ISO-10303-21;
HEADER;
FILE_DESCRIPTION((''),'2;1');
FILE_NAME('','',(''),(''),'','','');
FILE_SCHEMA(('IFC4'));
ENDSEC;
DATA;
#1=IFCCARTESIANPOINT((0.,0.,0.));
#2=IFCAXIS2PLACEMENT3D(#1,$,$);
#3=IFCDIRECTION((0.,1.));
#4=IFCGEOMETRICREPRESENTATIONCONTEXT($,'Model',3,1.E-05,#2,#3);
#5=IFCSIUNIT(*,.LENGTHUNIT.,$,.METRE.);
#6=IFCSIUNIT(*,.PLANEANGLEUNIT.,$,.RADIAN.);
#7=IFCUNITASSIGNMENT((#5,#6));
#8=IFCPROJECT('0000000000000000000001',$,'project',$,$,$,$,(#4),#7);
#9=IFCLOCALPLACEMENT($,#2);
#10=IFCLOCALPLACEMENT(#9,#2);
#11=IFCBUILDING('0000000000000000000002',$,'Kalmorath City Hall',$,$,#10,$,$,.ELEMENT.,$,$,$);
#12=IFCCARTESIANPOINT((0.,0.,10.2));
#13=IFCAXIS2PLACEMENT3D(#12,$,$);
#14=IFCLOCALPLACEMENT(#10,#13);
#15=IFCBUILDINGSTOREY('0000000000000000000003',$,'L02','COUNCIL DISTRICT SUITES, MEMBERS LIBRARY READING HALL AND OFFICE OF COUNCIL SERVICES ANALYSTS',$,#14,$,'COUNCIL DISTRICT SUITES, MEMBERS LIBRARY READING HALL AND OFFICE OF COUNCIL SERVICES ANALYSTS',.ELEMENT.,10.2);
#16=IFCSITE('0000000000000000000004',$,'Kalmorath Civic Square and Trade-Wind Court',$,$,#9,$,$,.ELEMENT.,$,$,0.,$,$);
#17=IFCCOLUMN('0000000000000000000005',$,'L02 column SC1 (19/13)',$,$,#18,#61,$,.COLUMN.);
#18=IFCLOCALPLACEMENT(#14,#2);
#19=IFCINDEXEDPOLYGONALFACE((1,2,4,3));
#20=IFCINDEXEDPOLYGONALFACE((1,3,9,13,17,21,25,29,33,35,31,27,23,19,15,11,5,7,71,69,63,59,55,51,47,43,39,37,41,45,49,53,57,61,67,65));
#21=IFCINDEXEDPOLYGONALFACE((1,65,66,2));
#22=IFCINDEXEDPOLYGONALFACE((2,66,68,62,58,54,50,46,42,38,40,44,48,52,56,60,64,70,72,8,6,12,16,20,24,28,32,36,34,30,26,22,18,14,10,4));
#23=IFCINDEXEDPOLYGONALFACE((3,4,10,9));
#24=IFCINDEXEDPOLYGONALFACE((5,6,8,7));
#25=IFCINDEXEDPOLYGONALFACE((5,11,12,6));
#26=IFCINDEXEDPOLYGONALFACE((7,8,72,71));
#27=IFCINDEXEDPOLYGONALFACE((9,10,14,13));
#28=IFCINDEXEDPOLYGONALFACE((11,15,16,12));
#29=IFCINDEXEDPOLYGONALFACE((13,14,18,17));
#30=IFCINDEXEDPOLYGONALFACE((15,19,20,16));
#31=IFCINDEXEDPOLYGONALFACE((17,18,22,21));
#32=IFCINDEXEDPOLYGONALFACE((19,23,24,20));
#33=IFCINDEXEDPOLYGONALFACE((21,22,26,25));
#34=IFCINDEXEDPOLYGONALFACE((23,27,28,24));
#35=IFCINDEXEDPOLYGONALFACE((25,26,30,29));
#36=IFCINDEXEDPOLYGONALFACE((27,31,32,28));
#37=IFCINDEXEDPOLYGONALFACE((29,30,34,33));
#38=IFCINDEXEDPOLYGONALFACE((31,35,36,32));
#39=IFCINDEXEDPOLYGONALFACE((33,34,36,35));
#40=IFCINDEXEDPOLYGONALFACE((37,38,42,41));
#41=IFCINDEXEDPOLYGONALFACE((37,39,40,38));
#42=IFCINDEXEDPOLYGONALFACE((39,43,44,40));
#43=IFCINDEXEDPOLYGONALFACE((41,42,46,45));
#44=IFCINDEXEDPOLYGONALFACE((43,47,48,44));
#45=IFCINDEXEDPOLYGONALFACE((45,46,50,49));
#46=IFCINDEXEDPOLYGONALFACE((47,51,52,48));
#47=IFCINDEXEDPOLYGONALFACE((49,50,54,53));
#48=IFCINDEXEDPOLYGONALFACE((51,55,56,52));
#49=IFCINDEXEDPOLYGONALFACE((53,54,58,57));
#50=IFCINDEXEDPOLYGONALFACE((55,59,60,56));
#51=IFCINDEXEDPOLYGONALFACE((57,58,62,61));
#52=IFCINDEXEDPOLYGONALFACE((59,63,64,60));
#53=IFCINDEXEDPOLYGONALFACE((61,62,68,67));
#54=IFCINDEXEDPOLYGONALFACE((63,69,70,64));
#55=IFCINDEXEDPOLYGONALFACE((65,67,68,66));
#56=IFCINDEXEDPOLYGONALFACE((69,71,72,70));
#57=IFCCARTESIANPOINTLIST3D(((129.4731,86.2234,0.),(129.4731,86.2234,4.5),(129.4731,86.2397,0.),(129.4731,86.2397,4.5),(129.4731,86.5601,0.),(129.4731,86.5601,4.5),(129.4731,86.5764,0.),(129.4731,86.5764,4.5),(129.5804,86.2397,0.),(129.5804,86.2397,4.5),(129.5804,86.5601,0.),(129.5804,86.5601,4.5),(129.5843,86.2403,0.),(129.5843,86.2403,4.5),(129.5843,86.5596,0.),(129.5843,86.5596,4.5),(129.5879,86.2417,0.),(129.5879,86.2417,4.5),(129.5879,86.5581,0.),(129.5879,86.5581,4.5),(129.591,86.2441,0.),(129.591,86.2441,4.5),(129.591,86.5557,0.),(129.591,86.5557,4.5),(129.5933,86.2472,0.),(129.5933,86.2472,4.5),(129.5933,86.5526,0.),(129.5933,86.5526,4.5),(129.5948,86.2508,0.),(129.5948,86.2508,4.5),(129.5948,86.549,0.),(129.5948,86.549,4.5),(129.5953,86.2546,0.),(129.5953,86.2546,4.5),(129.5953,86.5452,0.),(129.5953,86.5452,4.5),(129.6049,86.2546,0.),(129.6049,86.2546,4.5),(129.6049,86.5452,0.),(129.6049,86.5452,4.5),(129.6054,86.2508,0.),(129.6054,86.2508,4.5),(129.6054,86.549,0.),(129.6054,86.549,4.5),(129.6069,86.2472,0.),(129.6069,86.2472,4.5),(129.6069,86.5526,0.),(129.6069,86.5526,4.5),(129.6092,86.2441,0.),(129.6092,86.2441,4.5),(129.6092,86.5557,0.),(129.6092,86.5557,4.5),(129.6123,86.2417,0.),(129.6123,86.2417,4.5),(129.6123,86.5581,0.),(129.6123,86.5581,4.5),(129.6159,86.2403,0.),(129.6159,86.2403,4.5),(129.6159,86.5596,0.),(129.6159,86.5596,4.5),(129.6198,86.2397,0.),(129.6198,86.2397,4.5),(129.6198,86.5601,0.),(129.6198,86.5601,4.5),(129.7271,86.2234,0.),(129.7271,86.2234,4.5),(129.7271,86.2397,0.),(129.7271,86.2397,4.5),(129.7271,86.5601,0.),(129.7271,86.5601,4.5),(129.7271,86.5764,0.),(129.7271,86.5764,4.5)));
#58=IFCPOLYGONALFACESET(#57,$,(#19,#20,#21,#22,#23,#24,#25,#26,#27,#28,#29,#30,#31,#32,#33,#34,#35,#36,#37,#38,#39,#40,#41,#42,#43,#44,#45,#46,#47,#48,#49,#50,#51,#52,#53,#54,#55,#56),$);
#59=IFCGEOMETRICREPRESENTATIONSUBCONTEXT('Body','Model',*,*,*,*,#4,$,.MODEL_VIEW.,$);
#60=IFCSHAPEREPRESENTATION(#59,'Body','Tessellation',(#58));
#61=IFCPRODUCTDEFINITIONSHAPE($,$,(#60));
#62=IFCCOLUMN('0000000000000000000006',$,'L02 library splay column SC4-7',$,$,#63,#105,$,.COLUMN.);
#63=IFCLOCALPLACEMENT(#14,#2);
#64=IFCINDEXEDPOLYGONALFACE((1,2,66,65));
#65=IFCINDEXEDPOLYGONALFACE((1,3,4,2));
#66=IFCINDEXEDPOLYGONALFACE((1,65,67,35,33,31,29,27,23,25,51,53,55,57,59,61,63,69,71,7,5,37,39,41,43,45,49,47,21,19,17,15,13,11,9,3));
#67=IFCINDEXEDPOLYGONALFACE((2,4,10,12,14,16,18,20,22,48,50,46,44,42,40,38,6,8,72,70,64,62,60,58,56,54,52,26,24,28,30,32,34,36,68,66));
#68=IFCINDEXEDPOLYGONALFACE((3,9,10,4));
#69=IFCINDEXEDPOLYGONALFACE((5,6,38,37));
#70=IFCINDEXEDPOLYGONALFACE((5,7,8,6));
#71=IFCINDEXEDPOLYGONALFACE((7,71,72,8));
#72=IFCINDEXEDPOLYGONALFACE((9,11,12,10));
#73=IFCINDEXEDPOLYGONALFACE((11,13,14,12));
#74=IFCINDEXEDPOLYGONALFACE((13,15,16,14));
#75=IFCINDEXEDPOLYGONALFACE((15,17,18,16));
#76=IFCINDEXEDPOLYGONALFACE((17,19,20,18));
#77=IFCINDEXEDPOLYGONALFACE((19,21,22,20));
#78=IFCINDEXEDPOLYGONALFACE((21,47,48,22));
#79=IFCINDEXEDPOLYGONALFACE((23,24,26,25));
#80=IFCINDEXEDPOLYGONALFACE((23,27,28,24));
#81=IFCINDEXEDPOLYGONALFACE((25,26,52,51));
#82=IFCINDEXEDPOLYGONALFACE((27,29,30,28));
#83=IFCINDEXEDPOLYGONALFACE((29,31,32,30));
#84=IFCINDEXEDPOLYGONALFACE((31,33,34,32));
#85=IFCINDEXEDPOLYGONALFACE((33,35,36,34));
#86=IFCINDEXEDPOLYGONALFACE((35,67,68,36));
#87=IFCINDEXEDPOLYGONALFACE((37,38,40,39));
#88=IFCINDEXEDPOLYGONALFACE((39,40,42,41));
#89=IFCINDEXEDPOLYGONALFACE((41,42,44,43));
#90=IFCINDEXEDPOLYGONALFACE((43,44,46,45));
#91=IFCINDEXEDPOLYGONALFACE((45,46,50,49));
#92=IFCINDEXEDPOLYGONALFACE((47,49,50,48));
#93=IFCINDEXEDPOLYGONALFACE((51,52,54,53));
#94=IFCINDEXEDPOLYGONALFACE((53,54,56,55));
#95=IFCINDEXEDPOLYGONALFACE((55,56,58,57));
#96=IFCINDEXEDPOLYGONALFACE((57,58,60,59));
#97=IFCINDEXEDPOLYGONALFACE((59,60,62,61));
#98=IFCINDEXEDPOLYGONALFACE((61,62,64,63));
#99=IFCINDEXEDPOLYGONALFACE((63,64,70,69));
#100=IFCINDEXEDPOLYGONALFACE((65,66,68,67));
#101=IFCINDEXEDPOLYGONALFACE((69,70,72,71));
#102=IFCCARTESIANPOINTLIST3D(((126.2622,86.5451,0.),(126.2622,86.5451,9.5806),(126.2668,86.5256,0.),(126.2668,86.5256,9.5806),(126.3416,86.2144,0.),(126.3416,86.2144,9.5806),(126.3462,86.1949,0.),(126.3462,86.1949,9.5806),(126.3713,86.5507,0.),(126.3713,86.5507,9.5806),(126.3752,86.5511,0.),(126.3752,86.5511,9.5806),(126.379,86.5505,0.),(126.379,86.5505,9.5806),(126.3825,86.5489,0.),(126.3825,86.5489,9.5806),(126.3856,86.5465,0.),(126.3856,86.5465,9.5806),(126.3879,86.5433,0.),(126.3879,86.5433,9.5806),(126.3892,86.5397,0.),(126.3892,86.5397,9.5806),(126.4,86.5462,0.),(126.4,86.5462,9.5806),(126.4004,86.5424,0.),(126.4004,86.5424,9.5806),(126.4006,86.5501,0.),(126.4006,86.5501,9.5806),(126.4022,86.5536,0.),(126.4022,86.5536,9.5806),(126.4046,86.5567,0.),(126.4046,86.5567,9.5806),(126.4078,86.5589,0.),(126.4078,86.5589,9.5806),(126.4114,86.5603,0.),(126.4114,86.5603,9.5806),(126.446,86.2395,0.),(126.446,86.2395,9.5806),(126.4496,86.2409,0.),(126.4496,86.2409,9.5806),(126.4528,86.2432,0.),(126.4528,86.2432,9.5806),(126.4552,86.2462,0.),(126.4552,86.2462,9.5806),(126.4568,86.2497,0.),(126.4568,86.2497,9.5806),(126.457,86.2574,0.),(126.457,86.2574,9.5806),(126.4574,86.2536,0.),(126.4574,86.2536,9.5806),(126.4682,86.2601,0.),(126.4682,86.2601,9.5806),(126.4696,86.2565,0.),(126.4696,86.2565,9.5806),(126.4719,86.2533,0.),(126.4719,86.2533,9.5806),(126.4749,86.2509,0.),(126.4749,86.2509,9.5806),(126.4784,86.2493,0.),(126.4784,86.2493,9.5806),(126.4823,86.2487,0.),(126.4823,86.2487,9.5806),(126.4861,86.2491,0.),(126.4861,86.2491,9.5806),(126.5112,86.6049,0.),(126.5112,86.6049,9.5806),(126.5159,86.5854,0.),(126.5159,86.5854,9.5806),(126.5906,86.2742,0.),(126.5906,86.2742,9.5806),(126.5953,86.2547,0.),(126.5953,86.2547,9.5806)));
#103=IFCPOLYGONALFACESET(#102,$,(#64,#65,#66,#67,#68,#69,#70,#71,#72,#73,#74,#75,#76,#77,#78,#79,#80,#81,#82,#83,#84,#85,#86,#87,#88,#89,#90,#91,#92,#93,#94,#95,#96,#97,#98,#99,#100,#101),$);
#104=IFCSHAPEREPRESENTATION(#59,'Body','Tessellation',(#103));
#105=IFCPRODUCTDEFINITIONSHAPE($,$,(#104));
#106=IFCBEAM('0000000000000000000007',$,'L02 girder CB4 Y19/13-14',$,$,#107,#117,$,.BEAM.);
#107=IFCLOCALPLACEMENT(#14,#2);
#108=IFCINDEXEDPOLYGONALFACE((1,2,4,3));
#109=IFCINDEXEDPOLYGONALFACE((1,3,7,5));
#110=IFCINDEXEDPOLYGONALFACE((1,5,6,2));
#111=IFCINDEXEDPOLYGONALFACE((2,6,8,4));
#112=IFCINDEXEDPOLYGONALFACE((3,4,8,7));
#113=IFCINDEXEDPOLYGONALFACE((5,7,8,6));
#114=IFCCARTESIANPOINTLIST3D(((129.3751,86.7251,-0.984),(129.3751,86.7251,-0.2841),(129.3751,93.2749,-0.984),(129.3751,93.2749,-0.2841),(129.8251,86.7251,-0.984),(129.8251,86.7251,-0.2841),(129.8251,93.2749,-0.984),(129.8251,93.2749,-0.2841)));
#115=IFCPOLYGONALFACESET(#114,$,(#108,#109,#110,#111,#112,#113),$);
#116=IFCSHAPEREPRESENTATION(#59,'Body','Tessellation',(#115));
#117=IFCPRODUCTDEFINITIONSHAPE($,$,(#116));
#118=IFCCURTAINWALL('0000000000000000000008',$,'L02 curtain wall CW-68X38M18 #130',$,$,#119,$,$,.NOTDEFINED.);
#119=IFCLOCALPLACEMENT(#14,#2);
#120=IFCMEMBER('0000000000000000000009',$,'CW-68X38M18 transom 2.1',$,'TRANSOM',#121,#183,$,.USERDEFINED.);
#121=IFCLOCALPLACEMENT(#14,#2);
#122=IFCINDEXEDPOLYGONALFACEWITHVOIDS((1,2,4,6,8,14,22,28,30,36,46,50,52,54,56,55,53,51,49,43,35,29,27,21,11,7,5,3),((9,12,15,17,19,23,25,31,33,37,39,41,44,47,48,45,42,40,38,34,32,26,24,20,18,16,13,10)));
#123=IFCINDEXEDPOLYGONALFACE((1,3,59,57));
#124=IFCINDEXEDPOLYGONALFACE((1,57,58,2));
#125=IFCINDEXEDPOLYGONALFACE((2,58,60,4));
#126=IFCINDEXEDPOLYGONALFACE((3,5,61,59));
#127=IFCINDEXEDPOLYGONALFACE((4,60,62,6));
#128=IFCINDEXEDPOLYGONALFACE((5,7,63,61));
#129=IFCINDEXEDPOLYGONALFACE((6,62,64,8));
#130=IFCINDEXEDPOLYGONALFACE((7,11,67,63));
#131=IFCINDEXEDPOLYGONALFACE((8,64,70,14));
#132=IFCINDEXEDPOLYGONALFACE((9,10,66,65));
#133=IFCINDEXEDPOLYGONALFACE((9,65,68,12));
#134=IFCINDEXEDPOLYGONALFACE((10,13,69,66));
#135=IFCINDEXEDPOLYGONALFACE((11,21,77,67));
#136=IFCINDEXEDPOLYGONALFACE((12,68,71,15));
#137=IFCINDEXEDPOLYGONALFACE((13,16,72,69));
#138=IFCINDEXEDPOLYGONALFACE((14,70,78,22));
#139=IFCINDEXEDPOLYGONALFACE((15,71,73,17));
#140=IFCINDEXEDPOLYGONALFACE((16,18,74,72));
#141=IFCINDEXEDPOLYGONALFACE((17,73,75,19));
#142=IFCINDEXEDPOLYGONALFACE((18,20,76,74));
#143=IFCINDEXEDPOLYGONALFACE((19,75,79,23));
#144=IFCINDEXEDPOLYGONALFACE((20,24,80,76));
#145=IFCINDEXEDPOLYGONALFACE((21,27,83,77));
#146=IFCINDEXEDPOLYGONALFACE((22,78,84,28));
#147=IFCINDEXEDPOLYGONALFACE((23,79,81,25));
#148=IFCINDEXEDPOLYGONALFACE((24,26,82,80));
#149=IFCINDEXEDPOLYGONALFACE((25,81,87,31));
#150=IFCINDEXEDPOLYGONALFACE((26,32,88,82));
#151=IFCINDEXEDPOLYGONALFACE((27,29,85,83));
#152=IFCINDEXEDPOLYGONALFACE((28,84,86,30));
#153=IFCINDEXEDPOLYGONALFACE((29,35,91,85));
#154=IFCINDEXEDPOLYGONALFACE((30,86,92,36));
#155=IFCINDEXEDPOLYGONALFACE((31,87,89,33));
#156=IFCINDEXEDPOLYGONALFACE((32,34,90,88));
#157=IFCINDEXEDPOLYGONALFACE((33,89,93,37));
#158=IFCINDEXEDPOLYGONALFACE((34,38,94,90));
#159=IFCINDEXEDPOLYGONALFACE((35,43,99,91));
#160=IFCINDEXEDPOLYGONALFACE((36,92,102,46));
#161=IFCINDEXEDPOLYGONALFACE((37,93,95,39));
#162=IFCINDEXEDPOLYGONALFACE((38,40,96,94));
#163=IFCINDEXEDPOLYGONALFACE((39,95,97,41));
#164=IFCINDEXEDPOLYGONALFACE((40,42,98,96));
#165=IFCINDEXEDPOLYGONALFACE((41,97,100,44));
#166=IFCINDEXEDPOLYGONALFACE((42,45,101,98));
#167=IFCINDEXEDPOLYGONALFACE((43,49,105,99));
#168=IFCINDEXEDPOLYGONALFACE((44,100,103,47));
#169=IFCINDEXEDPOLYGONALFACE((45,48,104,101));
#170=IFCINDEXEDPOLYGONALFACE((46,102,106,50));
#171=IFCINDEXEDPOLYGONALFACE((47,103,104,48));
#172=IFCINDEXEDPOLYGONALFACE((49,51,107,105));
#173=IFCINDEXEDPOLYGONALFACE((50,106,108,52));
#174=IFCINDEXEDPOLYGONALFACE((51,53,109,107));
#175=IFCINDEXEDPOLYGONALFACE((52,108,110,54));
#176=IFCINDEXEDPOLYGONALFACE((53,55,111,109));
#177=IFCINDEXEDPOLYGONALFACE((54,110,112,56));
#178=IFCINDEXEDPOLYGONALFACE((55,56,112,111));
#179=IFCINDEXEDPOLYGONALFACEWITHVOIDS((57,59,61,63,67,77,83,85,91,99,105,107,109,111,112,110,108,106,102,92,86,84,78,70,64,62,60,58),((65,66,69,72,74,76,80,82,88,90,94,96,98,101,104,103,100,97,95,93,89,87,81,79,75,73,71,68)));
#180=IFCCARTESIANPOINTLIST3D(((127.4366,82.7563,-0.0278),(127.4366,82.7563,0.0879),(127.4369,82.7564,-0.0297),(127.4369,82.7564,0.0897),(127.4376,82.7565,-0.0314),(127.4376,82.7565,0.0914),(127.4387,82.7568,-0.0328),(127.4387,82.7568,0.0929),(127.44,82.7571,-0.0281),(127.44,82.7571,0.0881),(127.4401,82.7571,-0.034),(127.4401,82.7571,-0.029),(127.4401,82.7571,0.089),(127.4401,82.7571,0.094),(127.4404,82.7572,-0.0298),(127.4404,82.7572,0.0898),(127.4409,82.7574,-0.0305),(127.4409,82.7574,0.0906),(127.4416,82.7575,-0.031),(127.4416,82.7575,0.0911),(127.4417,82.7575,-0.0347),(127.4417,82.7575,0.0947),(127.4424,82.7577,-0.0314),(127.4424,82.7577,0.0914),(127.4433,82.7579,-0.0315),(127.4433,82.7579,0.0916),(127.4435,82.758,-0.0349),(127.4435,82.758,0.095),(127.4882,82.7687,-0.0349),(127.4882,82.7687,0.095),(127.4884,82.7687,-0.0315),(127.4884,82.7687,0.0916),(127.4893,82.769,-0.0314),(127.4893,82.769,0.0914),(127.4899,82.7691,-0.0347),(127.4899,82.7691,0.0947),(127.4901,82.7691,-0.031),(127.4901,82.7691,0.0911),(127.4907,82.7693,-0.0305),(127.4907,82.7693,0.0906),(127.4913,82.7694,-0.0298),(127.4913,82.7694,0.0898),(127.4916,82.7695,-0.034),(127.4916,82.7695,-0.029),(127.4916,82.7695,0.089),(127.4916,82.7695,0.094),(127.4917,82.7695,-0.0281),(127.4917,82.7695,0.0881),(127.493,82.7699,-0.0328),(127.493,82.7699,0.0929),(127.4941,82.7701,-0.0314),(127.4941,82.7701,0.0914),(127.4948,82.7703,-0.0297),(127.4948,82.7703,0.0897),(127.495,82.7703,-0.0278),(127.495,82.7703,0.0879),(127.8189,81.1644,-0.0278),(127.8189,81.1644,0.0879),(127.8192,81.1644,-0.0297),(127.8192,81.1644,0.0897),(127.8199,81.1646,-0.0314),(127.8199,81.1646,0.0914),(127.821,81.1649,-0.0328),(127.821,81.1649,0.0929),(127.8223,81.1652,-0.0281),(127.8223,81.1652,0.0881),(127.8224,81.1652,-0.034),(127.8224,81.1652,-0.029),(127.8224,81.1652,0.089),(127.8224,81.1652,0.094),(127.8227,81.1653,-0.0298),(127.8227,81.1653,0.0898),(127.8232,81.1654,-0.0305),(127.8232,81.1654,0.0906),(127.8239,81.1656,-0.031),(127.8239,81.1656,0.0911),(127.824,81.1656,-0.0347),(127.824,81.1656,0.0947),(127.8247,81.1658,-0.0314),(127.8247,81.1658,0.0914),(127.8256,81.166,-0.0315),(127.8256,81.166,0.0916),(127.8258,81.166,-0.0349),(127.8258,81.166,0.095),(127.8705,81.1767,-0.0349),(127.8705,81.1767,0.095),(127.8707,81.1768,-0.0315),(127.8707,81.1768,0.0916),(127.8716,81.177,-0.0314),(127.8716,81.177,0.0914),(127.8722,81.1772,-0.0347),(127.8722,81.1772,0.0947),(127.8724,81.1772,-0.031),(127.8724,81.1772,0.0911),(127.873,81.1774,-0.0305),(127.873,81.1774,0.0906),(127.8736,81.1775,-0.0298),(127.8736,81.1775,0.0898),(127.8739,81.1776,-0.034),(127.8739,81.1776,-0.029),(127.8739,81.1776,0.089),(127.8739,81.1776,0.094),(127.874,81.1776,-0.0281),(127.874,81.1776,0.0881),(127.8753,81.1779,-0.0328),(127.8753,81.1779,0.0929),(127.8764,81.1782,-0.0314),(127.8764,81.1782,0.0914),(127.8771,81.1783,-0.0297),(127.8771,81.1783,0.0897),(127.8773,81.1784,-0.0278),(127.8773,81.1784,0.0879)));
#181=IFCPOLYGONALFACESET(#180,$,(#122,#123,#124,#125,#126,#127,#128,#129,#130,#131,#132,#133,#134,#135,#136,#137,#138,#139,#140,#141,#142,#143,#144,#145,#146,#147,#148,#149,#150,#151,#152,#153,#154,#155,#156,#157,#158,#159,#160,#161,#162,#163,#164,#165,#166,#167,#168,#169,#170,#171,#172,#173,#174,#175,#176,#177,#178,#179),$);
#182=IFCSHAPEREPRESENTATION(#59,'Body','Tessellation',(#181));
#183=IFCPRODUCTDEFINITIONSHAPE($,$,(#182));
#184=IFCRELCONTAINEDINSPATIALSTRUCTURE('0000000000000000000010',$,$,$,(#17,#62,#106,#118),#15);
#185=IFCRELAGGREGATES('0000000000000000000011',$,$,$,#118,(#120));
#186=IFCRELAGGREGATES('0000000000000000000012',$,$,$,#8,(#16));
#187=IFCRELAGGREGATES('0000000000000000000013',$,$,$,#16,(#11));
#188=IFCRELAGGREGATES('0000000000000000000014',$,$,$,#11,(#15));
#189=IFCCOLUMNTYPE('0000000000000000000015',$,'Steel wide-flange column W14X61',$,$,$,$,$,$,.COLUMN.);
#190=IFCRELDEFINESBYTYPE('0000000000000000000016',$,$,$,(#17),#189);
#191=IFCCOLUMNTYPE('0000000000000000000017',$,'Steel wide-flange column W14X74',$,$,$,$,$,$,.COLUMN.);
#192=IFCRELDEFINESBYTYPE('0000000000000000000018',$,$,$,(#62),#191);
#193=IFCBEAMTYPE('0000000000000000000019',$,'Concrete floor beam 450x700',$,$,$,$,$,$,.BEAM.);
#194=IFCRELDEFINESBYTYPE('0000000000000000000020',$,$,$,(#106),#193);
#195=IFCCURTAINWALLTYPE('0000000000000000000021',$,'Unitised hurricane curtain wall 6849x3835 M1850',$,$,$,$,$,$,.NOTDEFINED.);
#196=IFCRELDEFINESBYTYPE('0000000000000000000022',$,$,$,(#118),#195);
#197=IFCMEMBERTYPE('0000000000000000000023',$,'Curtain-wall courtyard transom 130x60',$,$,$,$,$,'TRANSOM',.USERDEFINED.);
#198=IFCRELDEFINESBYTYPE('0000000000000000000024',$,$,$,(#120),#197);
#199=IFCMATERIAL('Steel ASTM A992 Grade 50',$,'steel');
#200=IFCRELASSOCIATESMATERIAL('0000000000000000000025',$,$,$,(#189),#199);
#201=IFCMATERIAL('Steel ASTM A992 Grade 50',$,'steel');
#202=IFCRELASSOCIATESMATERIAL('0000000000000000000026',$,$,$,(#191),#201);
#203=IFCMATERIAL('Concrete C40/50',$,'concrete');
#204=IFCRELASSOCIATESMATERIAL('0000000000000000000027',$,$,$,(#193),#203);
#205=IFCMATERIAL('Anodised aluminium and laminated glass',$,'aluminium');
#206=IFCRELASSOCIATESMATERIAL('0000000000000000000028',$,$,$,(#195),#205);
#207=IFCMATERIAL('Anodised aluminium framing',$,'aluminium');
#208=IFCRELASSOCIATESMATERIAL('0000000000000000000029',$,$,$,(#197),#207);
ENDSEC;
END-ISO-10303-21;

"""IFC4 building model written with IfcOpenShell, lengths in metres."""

from ifc_helpers import new_model, si_unit, direction, frame, origin, origin_2d, place, context, subcontext, project, spatial, rectangle, hollow_rectangle, i_section, extrude, material, material_profile, profile_set, type_object, element, aggregate, save


model = new_model("IFC4")

# Units and contexts
model_context = context("Model", 3, precision=1e-05, world=origin(), true_north=direction((0.0, 1.0)))
body_context = subcontext(model_context, "Body", "Model", "MODEL_VIEW")
ifc_project = project(units=[si_unit("LENGTHUNIT", "METRE"), si_unit("PLANEANGLEUNIT", "RADIAN")], contexts=[model_context])

# Site, building, storey
site_placement = place(None, origin())
site = spatial("IfcSite", under=ifc_project, at=site_placement, Name="Kalmorath Civic Square and Trade-Wind Court", CompositionType="ELEMENT", RefElevation=0.0)
building_placement = place(site_placement, origin())
building = spatial("IfcBuilding", under=site, at=building_placement, Name="Kalmorath City Hall", CompositionType="ELEMENT")
storey_placement = place(building_placement, frame((0.0, 0.0, 10.2)))
storey = spatial("IfcBuildingStorey", under=building, at=storey_placement, Name="L02", Description="COUNCIL DISTRICT SUITES, MEMBERS LIBRARY READING HALL AND OFFICE OF COUNCIL SERVICES ANALYSTS", LongName="COUNCIL DISTRICT SUITES, MEMBERS LIBRARY READING HALL AND OFFICE OF COUNCIL SERVICES ANALYSTS", CompositionType="ELEMENT", Elevation=10.2)

# Columns
ifc_material_1 = material(Name="Steel ASTM A992 Grade 50", Category="steel")
ifc_material_profile_1 = material_profile(ifc_material_1, i_section(OverallWidth=0.2539, OverallDepth=0.353, WebThickness=0.0095, FlangeThickness=0.0164, FilletRadius=0.0149, at=origin_2d()), Name="W14X61")
ifc_profile_set_1 = profile_set([ifc_material_profile_1], Name="Steel ASTM A992 Grade 50")
column_type_1 = type_object("IfcColumnType", Name="Steel wide-flange column W14X61", PredefinedType="COLUMN", material=ifc_profile_set_1)
column_1_placement = place(storey_placement, frame((129.6001, 86.3999, 0.0), z_axis=(0.0, 0.0, 1.0), x_axis=(1.0, 0.0, 0.0)))
element("IfcColumn", 1, at=column_1_placement, inside=storey, type_object=column_type_1, Name="L02 column SC1 (19/13)", PredefinedType="COLUMN", context=body_context, shape_type="SweptSolid", body=[
    extrude(i_section(OverallWidth=0.2539, OverallDepth=0.353, WebThickness=0.0095, FlangeThickness=0.0164, FilletRadius=0.0149, at=origin_2d()), origin(), (0.0, 0.0, 1.0), 4.5),
])
ifc_material_2 = material(Name="Steel ASTM A992 Grade 50", Category="steel")
ifc_material_profile_2 = material_profile(ifc_material_2, i_section(OverallWidth=0.2561, OverallDepth=0.3601, WebThickness=0.0115, FlangeThickness=0.02, FilletRadius=0.0149, at=origin_2d()), Name="W14X74")
ifc_profile_set_2 = profile_set([ifc_material_profile_2], Name="Steel ASTM A992 Grade 50")
column_type_2 = type_object("IfcColumnType", Name="Steel wide-flange column W14X74", PredefinedType="COLUMN", material=ifc_profile_set_2)
column_2_placement = place(storey_placement, frame((126.4287, 86.3999, 0.0), z_axis=(0.0, 0.0, 1.0), x_axis=(0.97237, 0.233445, 0.0)))
element("IfcColumn", 2, at=column_2_placement, inside=storey, type_object=column_type_2, Name="L02 library splay column SC4-7", PredefinedType="COLUMN", context=body_context, shape_type="SweptSolid", body=[
    extrude(i_section(OverallWidth=0.2561, OverallDepth=0.3601, WebThickness=0.0115, FlangeThickness=0.02, FilletRadius=0.0149, at=origin_2d()), origin(), (0.0, 0.0, 1.0), 9.5806),
])

# Beam
ifc_material_3 = material(Name="Concrete C40/50", Category="concrete")
ifc_material_profile_3 = material_profile(ifc_material_3, rectangle(XDim=0.45, YDim=0.7, at=origin_2d()), Name="RC-BM-450X700")
ifc_profile_set_3 = profile_set([ifc_material_profile_3], Name="Concrete C40/50")
beam_type = type_object("IfcBeamType", Name="Concrete floor beam 450x700", PredefinedType="BEAM", material=ifc_profile_set_3)
beam_placement = place(storey_placement, frame((129.6001, 86.7251, -0.634), z_axis=(0.0, 1.0, 0.0), x_axis=(-1.0, 0.0, 0.0)))
element("IfcBeam", 3, at=beam_placement, inside=storey, type_object=beam_type, Name="L02 girder CB4 Y19/13-14", PredefinedType="BEAM", context=body_context, shape_type="SweptSolid", body=[
    extrude(rectangle(XDim=0.45, YDim=0.7, at=origin_2d()), origin(), (0.0, 0.0, 1.0), 6.5498),
])

# Curtain wall, member
ifc_material_4 = material(Name="Anodised aluminium and laminated glass", Category="aluminium")
curtain_wall_type_1 = type_object("IfcCurtainWallType", Name="Unitised hurricane curtain wall 6849x3835 M1850", PredefinedType="NOTDEFINED", material=ifc_material_4)
curtain_wall_1_placement = place(storey_placement, origin())
curtain_wall_1 = element("IfcCurtainWall", 4, at=curtain_wall_1_placement, inside=storey, type_object=curtain_wall_type_1, Name="L02 curtain wall CW-68X38M18 #130", PredefinedType="NOTDEFINED")
ifc_material_5 = material(Name="Anodised aluminium framing", Category="aluminium")
ifc_material_profile_4 = material_profile(ifc_material_5, hollow_rectangle(XDim=0.0601, YDim=0.1299, WallThickness=0.0034, InnerFilletRadius=0.0034, OuterFilletRadius=0.0071, at=origin_2d()), Name="ALU-TRN-130X60X3.5")
ifc_profile_set_4 = profile_set([ifc_material_profile_4], Name="Anodised aluminium framing")
member_type_1 = type_object("IfcMemberType", Name="Curtain-wall courtyard transom 130x60", ElementType="TRANSOM", PredefinedType="USERDEFINED", material=ifc_profile_set_4)
member_1_placement = place(storey_placement, frame((127.8481, 81.1714, 0.03), z_axis=(-0.233508, 0.972355, 0.0), x_axis=(-0.972355, -0.233508, 0.0)))
member_1 = element("IfcMember", 5, at=member_1_placement, type_object=member_type_1, Name="CW-68X38M18 transom 2.1", ObjectType="TRANSOM", PredefinedType="USERDEFINED", context=body_context, shape_type="SweptSolid", body=[
    extrude(hollow_rectangle(XDim=0.0601, YDim=0.1299, WallThickness=0.0034, InnerFilletRadius=0.0034, OuterFilletRadius=0.0071, at=origin_2d()), origin(), (0.0, 0.0, 1.0), 1.6372),
])

aggregate(curtain_wall_1, [member_1])

save(model, "model.ifc")
